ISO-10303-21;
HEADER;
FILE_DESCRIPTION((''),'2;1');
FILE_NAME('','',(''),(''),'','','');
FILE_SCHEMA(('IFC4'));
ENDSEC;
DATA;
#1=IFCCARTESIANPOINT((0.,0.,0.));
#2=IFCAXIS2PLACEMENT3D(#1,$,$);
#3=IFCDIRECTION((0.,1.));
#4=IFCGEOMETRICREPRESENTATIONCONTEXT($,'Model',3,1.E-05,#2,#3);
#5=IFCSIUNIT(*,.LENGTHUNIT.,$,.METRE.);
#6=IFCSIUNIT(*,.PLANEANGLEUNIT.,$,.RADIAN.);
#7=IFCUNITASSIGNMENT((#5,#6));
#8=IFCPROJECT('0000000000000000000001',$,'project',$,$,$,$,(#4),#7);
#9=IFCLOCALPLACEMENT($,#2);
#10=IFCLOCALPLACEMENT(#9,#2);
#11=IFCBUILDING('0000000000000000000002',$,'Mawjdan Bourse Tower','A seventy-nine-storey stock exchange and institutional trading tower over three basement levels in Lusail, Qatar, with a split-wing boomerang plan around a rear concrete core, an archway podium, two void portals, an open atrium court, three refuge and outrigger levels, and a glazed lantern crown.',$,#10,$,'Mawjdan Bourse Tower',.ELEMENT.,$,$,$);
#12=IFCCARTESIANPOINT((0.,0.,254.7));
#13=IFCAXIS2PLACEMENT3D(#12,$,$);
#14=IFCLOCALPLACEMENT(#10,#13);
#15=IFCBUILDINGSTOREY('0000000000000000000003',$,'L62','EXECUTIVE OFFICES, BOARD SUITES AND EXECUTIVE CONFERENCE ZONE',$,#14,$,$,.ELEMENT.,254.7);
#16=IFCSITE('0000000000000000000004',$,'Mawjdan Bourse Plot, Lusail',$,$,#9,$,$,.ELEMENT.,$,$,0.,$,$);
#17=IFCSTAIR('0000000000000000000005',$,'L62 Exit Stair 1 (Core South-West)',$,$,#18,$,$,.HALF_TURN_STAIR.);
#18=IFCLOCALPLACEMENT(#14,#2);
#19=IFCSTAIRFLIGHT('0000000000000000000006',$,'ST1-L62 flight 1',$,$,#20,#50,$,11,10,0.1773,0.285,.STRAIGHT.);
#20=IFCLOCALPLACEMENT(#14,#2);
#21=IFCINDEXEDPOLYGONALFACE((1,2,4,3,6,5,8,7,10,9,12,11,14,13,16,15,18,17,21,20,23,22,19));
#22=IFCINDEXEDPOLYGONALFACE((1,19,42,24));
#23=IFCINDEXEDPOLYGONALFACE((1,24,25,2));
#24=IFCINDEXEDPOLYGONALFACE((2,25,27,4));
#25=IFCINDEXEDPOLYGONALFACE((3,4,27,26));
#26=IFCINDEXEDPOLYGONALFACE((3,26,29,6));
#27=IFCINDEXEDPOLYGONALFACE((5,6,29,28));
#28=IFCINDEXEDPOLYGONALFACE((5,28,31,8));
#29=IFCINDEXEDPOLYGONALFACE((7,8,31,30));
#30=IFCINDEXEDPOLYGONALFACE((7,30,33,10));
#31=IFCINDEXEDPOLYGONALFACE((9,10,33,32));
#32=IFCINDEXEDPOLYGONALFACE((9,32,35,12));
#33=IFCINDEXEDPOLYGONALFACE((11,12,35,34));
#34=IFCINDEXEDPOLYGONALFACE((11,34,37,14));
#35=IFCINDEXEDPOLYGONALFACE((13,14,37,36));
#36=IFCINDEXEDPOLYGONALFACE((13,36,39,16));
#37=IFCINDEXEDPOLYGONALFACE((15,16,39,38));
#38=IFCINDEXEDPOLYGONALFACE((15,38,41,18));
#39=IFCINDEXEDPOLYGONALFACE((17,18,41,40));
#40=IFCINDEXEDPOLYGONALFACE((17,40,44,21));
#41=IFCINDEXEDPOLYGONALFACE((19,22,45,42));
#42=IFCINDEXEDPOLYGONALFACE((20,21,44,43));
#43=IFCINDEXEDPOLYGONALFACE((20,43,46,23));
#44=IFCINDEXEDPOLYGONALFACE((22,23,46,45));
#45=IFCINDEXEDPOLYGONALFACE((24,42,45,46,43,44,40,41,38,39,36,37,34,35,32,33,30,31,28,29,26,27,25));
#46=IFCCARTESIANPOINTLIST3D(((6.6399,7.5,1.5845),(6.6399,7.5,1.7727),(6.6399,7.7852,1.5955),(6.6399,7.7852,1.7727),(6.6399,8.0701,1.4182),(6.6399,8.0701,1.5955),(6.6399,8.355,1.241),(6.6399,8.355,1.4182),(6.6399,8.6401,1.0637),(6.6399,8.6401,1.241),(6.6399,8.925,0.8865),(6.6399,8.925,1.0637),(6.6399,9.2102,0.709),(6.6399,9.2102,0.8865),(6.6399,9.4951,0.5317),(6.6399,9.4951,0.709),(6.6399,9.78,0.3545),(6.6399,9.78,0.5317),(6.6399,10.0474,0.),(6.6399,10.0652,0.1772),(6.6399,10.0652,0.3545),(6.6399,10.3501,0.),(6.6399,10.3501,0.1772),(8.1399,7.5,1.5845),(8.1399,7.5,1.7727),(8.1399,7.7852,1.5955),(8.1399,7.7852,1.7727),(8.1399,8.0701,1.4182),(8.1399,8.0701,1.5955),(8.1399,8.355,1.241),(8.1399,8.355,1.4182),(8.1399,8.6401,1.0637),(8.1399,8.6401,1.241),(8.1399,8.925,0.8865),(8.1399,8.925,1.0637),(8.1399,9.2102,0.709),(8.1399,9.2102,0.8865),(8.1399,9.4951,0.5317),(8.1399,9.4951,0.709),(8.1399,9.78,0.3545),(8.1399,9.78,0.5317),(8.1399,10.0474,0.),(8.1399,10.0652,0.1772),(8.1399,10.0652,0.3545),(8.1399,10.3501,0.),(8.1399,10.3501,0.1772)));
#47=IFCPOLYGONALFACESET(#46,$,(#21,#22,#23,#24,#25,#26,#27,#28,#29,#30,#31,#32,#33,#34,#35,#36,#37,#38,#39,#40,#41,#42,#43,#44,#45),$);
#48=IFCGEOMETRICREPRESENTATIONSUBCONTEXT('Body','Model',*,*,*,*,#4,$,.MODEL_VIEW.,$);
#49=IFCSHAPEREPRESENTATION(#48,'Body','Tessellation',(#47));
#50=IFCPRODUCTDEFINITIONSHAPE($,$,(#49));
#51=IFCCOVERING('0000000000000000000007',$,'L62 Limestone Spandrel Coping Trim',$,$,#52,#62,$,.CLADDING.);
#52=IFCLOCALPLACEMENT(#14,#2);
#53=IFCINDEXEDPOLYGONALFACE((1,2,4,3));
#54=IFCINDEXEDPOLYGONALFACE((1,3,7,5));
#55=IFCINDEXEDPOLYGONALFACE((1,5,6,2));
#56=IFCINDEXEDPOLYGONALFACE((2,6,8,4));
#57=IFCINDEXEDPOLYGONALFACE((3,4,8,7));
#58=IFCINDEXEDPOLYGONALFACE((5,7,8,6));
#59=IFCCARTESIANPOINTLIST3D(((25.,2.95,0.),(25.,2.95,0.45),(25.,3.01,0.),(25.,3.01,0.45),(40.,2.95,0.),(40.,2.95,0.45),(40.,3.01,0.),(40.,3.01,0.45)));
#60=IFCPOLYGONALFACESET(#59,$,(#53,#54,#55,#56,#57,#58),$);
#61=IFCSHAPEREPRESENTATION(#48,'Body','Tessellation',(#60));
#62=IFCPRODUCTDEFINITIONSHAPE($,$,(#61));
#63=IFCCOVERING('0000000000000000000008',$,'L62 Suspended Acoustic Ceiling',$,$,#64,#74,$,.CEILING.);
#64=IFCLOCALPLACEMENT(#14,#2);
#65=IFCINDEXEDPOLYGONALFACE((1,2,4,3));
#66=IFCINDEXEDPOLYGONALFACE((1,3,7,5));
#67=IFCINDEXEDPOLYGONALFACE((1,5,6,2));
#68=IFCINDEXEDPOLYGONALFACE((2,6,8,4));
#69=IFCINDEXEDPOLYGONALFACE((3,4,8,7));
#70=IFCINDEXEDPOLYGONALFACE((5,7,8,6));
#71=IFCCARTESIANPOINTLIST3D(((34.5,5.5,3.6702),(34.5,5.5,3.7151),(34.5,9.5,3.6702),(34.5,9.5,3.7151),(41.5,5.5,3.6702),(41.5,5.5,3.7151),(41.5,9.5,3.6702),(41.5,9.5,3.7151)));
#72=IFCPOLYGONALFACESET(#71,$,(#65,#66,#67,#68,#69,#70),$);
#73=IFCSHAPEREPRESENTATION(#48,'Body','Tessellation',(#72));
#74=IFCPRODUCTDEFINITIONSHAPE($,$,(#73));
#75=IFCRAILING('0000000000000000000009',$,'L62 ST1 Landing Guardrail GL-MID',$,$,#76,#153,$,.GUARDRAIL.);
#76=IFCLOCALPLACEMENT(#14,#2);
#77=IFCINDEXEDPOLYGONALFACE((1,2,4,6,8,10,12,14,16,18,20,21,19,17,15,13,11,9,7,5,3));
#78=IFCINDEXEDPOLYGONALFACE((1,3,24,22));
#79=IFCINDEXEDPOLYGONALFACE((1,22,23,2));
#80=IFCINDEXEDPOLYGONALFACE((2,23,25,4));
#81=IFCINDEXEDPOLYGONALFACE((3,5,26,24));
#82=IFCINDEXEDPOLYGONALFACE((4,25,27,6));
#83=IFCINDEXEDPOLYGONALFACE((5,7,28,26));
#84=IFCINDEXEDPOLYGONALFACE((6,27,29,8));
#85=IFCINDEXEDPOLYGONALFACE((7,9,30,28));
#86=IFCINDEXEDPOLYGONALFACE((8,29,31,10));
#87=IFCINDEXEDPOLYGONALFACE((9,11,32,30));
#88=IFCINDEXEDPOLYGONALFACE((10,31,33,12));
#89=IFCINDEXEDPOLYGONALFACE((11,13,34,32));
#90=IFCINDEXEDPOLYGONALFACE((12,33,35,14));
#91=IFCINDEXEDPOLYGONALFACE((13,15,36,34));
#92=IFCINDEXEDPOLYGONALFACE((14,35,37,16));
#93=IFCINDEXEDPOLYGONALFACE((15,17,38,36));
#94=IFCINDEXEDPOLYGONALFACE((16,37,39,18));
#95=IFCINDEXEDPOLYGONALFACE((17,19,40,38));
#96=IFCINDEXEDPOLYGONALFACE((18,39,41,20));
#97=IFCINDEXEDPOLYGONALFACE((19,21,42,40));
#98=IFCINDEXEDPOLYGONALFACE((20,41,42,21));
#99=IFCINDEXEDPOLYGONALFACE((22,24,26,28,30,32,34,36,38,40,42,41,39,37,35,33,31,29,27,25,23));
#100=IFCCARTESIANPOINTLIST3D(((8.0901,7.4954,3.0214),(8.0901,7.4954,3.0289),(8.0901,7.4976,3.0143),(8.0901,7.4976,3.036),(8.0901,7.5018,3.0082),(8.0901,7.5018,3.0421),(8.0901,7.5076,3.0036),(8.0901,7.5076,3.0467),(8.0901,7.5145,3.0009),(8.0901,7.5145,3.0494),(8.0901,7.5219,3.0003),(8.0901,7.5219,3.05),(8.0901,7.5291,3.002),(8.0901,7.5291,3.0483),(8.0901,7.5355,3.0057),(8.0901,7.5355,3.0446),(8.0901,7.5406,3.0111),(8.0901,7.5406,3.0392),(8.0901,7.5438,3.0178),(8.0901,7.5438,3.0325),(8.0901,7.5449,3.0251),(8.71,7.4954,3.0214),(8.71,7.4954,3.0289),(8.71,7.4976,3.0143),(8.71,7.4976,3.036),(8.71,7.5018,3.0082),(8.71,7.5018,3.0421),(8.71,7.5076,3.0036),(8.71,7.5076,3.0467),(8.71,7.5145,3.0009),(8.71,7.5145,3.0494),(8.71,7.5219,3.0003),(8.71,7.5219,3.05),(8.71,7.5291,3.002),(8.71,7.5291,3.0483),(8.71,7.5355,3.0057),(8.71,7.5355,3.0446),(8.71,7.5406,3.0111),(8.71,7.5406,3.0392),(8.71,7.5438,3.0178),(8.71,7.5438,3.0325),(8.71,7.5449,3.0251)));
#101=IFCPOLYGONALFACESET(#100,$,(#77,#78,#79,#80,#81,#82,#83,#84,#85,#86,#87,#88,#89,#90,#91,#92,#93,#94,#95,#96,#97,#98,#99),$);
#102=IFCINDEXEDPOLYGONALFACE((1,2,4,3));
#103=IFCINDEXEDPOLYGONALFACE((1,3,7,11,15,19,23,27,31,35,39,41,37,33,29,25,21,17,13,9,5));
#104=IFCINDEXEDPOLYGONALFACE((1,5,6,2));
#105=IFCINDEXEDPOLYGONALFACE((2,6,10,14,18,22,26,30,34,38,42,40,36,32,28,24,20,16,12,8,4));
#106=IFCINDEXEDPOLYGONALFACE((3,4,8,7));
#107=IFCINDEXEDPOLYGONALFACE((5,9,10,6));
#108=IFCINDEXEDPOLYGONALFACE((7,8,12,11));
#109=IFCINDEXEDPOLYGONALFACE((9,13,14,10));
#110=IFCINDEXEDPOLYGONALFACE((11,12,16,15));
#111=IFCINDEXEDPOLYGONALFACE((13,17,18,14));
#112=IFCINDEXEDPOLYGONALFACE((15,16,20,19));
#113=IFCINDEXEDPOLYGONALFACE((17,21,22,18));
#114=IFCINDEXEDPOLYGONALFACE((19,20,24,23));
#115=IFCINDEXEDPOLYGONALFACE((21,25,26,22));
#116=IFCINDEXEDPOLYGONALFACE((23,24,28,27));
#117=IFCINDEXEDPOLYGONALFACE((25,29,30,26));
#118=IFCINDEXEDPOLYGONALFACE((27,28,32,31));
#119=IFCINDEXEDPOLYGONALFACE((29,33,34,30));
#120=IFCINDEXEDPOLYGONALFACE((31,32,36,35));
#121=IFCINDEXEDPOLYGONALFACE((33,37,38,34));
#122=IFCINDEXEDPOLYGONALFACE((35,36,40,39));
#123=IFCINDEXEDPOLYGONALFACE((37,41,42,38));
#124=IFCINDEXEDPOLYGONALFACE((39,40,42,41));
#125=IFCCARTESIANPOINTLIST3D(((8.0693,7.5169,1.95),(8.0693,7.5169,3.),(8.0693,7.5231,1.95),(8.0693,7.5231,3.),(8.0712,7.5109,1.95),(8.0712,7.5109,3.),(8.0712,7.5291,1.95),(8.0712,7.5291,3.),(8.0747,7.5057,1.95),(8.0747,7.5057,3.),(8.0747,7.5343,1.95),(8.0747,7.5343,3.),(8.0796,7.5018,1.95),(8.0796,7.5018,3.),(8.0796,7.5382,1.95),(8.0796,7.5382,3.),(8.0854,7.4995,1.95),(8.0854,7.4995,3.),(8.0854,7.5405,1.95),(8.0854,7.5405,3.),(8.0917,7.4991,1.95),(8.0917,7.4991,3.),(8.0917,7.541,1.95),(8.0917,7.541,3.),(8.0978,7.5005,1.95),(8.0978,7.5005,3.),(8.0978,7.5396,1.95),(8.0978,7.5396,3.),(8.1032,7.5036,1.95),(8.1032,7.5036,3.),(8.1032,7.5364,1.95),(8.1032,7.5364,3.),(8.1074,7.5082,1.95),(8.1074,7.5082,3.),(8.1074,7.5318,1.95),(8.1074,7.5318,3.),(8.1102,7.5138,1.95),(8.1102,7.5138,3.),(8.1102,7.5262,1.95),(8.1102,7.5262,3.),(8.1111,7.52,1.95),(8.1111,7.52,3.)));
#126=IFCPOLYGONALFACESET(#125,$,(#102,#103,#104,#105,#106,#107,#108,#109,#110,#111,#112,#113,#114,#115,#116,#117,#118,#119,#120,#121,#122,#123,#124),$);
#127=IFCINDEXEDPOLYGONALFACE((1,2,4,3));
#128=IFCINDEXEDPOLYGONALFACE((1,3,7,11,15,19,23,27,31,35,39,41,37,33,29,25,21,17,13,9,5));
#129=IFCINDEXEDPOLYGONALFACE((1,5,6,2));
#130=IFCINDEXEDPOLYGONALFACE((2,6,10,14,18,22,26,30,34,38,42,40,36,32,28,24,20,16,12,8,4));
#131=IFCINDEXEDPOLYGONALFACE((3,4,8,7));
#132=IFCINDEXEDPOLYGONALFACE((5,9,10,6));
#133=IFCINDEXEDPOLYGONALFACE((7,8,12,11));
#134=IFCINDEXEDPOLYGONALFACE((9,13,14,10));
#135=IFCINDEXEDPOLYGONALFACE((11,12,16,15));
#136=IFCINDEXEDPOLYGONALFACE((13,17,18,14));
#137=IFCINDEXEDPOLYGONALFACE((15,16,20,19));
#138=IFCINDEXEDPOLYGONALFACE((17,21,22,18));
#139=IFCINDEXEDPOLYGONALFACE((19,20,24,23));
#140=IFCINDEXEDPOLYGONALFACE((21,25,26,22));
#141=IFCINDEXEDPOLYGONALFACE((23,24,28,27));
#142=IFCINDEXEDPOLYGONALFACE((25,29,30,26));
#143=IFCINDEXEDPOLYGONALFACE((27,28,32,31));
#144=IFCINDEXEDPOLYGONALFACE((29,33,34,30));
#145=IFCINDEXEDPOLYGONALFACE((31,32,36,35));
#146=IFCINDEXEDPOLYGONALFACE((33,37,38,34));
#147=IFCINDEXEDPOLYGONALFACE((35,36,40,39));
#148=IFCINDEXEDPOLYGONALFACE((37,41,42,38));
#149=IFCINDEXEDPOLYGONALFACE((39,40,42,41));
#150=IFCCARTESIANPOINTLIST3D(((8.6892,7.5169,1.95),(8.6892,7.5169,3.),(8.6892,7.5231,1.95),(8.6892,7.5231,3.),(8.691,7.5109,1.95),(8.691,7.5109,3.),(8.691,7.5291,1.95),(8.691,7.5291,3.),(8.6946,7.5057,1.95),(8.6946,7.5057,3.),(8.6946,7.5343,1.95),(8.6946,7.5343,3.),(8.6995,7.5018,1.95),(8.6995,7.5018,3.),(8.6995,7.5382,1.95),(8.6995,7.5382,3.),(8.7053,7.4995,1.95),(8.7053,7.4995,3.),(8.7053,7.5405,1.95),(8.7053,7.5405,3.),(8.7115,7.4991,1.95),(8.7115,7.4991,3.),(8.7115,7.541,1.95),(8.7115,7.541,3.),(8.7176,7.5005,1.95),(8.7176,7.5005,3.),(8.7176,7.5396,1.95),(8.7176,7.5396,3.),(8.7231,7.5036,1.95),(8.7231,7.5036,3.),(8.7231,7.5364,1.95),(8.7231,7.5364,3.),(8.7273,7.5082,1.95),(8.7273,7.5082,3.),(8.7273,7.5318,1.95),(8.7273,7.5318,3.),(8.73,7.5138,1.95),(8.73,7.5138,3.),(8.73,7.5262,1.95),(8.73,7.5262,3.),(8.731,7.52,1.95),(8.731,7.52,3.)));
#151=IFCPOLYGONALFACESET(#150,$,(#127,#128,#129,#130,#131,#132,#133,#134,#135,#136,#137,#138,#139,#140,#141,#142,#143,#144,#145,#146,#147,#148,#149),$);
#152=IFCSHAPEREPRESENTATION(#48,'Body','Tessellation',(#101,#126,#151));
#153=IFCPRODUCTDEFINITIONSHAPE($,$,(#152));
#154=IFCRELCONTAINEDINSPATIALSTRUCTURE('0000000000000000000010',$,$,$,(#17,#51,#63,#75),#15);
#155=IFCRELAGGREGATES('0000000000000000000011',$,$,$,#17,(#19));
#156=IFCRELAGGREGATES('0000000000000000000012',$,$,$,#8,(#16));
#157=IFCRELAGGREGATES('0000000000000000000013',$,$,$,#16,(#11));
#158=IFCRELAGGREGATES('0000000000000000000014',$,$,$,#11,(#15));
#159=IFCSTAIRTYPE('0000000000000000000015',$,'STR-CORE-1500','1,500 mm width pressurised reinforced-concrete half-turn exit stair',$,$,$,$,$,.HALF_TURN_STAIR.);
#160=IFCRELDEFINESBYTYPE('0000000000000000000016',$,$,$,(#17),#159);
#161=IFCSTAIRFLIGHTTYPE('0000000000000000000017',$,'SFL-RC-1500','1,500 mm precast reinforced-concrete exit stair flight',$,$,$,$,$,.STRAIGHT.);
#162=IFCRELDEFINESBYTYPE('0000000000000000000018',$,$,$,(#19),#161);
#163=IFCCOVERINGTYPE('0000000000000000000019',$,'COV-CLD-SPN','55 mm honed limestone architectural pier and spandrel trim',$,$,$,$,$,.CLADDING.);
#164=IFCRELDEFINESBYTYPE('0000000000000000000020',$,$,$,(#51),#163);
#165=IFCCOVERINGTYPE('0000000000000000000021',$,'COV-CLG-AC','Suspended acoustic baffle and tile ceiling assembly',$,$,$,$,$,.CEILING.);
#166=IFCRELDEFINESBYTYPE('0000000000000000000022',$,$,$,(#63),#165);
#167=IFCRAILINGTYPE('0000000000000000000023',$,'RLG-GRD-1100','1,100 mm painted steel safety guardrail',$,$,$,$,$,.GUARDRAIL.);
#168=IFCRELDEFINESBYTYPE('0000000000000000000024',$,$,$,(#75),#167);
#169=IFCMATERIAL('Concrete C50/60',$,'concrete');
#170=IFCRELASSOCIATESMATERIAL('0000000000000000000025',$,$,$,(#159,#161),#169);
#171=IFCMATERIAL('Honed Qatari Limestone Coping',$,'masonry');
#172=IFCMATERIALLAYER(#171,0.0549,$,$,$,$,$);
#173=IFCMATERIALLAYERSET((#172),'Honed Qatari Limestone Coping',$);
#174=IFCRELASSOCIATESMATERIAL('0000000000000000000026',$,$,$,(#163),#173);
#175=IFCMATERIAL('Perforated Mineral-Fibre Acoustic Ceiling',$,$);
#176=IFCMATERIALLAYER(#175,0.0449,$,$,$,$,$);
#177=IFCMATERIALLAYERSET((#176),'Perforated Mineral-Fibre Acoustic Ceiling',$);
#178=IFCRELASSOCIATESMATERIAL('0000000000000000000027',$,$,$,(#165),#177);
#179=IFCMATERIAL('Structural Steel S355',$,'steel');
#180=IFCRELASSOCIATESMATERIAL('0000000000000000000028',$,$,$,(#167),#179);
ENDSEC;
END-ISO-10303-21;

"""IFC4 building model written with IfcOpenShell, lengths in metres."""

from ifc_helpers import new_model, si_unit, direction, frame, origin, origin_2d, place, context, subcontext, project, spatial, polyline, circle, outline, extrude, material, layer, layer_set, type_object, element, aggregate, save


model = new_model("IFC4")

# Units and contexts
model_context = context("Model", 3, precision=1e-05, world=origin(), true_north=direction((0.0, 1.0)))
body_context = subcontext(model_context, "Body", "Model", "MODEL_VIEW")
ifc_project = project(units=[si_unit("LENGTHUNIT", "METRE"), si_unit("PLANEANGLEUNIT", "RADIAN")], contexts=[model_context])

# Site, building, storey
site_placement = place(None, origin())
site = spatial("IfcSite", under=ifc_project, at=site_placement, Name="Mawjdan Bourse Plot, Lusail", CompositionType="ELEMENT", RefElevation=0.0)
building_placement = place(site_placement, origin())
building = spatial("IfcBuilding", under=site, at=building_placement, Name="Mawjdan Bourse Tower", Description="A seventy-nine-storey stock exchange and institutional trading tower over three basement levels in Lusail, Qatar, with a split-wing boomerang plan around a rear concrete core, an archway podium, two void portals, an open atrium court, three refuge and outrigger levels, and a glazed lantern crown.", LongName="Mawjdan Bourse Tower", CompositionType="ELEMENT")
storey_placement = place(building_placement, frame((0.0, 0.0, 254.7)))
storey = spatial("IfcBuildingStorey", under=building, at=storey_placement, Name="L62", Description="EXECUTIVE OFFICES, BOARD SUITES AND EXECUTIVE CONFERENCE ZONE", CompositionType="ELEMENT", Elevation=254.7)

# Stair
ifc_material_1 = material(Name="Concrete C50/60", Category="concrete")
stair_type = type_object("IfcStairType", Name="STR-CORE-1500", Description="1,500 mm width pressurised reinforced-concrete half-turn exit stair", PredefinedType="HALF_TURN_STAIR", material=ifc_material_1)
stair_1_placement = place(storey_placement, origin())
stair_1 = element("IfcStair", 1, at=stair_1_placement, inside=storey, type_object=stair_type, Name="L62 Exit Stair 1 (Core South-West)", PredefinedType="HALF_TURN_STAIR")

# Stair flight
stair_flight_type = type_object("IfcStairFlightType", Name="SFL-RC-1500", Description="1,500 mm precast reinforced-concrete exit stair flight", PredefinedType="STRAIGHT", material=ifc_material_1)
stair_flight_placement = place(storey_placement, frame((7.3899, 10.3501, 0.0), z_axis=(0.0, 0.0, 1.0), x_axis=(0.0, -1.0, 0.0)))
stair_flight = element("IfcStairFlight", 2, at=stair_flight_placement, type_object=stair_flight_type, Name="ST1-L62 flight 1", NumberOfRisers=11, NumberOfTreads=10, PredefinedType="STRAIGHT", RiserHeight=0.1773, TreadLength=0.285, context=body_context, shape_type="SweptSolid", body=[
    extrude(outline(polyline([(0.0, 0.0), (0.0, 0.1772), (0.2849, 0.1772), (0.2849, 0.3545), (0.5701, 0.3545), (0.5701, 0.5317), (0.855, 0.5317), (0.855, 0.709), (1.1399, 0.709), (1.1399, 0.8865), (1.425, 0.8865), (1.425, 1.0637), (1.71, 1.0637), (1.71, 1.241), (1.9951, 1.241), (1.9951, 1.4182), (2.28, 1.4182), (2.28, 1.5955), (2.5649, 1.5955), (2.5649, 1.7727), (2.8501, 1.7727), (2.8501, 1.95), (2.8501, 1.5845), (0.3027, 0.0), (0.0, 0.0)])), frame((0.0, 0.75, 0.0), z_axis=(0.0, -1.0, 0.0), x_axis=(1.0, 0.0, 0.0)), (0.0, 0.0, 1.0), 1.5),
])
aggregate(stair_1, [stair_flight])

# Coverings
ifc_material_2 = material(Name="Honed Qatari Limestone Coping", Category="masonry")
ifc_layer_1 = layer(ifc_material_2, 0.0549)
ifc_layer_set_1 = layer_set([ifc_layer_1], Name="Honed Qatari Limestone Coping")
covering_type_1 = type_object("IfcCoveringType", Name="COV-CLD-SPN", Description="55 mm honed limestone architectural pier and spandrel trim", PredefinedType="CLADDING", material=ifc_layer_set_1)
covering_1_placement = place(storey_placement, origin())
element("IfcCovering", 3, at=covering_1_placement, inside=storey, type_object=covering_type_1, Name="L62 Limestone Spandrel Coping Trim", PredefinedType="CLADDING", context=body_context, shape_type="SweptSolid", body=[
    extrude(outline(polyline([(25.0, 2.95), (40.0, 2.95), (40.0, 3.01), (25.0, 3.01), (25.0, 2.95)])), origin(), (0.0, 0.0, 1.0), 0.45),
])
ifc_material_3 = material(Name="Perforated Mineral-Fibre Acoustic Ceiling")
ifc_layer_2 = layer(ifc_material_3, 0.0449)
ifc_layer_set_2 = layer_set([ifc_layer_2], Name="Perforated Mineral-Fibre Acoustic Ceiling")
covering_type_2 = type_object("IfcCoveringType", Name="COV-CLG-AC", Description="Suspended acoustic baffle and tile ceiling assembly", PredefinedType="CEILING", material=ifc_layer_set_2)
covering_2_placement = place(storey_placement, frame((0.0, 0.0, 3.6702)))
element("IfcCovering", 4, at=covering_2_placement, inside=storey, type_object=covering_type_2, Name="L62 Suspended Acoustic Ceiling", PredefinedType="CEILING", context=body_context, shape_type="SweptSolid", body=[
    extrude(outline(polyline([(34.5, 5.5), (41.5, 5.5), (41.5, 9.5), (34.5, 9.5), (34.5, 5.5)])), origin(), (0.0, 0.0, 1.0), 0.0449),
])

# Railing
ifc_material_4 = material(Name="Structural Steel S355", Category="steel")
railing_type = type_object("IfcRailingType", Name="RLG-GRD-1100", Description="1,100 mm painted steel safety guardrail", PredefinedType="GUARDRAIL", material=ifc_material_4)
for number, where, name in (
    (5, (8.0901, 7.52, 1.95), "L62 ST1 Landing Guardrail GL-MID"),
):
    element("IfcRailing", number, at=place(storey_placement, frame(where)), inside=storey, type_object=railing_type, Name=name, PredefinedType="GUARDRAIL", context=body_context, shape_type="SweptSolid", body=[
        extrude(circle(Radius=0.0249, at=origin_2d()), frame((0.0, 0.0, 1.0752), z_axis=(1.0, 0.0, 0.0), x_axis=(0.0, 1.0, 0.0)), (0.0, 0.0, 1.0), 0.6199),
        extrude(circle(Radius=0.021, at=origin_2d()), origin(), (0.0, 0.0, 1.0), 1.05),
        extrude(circle(Radius=0.021, at=origin_2d()), frame((0.6199, 0.0, 0.0)), (0.0, 0.0, 1.0), 1.05),
    ])

save(model, "model.ifc")
